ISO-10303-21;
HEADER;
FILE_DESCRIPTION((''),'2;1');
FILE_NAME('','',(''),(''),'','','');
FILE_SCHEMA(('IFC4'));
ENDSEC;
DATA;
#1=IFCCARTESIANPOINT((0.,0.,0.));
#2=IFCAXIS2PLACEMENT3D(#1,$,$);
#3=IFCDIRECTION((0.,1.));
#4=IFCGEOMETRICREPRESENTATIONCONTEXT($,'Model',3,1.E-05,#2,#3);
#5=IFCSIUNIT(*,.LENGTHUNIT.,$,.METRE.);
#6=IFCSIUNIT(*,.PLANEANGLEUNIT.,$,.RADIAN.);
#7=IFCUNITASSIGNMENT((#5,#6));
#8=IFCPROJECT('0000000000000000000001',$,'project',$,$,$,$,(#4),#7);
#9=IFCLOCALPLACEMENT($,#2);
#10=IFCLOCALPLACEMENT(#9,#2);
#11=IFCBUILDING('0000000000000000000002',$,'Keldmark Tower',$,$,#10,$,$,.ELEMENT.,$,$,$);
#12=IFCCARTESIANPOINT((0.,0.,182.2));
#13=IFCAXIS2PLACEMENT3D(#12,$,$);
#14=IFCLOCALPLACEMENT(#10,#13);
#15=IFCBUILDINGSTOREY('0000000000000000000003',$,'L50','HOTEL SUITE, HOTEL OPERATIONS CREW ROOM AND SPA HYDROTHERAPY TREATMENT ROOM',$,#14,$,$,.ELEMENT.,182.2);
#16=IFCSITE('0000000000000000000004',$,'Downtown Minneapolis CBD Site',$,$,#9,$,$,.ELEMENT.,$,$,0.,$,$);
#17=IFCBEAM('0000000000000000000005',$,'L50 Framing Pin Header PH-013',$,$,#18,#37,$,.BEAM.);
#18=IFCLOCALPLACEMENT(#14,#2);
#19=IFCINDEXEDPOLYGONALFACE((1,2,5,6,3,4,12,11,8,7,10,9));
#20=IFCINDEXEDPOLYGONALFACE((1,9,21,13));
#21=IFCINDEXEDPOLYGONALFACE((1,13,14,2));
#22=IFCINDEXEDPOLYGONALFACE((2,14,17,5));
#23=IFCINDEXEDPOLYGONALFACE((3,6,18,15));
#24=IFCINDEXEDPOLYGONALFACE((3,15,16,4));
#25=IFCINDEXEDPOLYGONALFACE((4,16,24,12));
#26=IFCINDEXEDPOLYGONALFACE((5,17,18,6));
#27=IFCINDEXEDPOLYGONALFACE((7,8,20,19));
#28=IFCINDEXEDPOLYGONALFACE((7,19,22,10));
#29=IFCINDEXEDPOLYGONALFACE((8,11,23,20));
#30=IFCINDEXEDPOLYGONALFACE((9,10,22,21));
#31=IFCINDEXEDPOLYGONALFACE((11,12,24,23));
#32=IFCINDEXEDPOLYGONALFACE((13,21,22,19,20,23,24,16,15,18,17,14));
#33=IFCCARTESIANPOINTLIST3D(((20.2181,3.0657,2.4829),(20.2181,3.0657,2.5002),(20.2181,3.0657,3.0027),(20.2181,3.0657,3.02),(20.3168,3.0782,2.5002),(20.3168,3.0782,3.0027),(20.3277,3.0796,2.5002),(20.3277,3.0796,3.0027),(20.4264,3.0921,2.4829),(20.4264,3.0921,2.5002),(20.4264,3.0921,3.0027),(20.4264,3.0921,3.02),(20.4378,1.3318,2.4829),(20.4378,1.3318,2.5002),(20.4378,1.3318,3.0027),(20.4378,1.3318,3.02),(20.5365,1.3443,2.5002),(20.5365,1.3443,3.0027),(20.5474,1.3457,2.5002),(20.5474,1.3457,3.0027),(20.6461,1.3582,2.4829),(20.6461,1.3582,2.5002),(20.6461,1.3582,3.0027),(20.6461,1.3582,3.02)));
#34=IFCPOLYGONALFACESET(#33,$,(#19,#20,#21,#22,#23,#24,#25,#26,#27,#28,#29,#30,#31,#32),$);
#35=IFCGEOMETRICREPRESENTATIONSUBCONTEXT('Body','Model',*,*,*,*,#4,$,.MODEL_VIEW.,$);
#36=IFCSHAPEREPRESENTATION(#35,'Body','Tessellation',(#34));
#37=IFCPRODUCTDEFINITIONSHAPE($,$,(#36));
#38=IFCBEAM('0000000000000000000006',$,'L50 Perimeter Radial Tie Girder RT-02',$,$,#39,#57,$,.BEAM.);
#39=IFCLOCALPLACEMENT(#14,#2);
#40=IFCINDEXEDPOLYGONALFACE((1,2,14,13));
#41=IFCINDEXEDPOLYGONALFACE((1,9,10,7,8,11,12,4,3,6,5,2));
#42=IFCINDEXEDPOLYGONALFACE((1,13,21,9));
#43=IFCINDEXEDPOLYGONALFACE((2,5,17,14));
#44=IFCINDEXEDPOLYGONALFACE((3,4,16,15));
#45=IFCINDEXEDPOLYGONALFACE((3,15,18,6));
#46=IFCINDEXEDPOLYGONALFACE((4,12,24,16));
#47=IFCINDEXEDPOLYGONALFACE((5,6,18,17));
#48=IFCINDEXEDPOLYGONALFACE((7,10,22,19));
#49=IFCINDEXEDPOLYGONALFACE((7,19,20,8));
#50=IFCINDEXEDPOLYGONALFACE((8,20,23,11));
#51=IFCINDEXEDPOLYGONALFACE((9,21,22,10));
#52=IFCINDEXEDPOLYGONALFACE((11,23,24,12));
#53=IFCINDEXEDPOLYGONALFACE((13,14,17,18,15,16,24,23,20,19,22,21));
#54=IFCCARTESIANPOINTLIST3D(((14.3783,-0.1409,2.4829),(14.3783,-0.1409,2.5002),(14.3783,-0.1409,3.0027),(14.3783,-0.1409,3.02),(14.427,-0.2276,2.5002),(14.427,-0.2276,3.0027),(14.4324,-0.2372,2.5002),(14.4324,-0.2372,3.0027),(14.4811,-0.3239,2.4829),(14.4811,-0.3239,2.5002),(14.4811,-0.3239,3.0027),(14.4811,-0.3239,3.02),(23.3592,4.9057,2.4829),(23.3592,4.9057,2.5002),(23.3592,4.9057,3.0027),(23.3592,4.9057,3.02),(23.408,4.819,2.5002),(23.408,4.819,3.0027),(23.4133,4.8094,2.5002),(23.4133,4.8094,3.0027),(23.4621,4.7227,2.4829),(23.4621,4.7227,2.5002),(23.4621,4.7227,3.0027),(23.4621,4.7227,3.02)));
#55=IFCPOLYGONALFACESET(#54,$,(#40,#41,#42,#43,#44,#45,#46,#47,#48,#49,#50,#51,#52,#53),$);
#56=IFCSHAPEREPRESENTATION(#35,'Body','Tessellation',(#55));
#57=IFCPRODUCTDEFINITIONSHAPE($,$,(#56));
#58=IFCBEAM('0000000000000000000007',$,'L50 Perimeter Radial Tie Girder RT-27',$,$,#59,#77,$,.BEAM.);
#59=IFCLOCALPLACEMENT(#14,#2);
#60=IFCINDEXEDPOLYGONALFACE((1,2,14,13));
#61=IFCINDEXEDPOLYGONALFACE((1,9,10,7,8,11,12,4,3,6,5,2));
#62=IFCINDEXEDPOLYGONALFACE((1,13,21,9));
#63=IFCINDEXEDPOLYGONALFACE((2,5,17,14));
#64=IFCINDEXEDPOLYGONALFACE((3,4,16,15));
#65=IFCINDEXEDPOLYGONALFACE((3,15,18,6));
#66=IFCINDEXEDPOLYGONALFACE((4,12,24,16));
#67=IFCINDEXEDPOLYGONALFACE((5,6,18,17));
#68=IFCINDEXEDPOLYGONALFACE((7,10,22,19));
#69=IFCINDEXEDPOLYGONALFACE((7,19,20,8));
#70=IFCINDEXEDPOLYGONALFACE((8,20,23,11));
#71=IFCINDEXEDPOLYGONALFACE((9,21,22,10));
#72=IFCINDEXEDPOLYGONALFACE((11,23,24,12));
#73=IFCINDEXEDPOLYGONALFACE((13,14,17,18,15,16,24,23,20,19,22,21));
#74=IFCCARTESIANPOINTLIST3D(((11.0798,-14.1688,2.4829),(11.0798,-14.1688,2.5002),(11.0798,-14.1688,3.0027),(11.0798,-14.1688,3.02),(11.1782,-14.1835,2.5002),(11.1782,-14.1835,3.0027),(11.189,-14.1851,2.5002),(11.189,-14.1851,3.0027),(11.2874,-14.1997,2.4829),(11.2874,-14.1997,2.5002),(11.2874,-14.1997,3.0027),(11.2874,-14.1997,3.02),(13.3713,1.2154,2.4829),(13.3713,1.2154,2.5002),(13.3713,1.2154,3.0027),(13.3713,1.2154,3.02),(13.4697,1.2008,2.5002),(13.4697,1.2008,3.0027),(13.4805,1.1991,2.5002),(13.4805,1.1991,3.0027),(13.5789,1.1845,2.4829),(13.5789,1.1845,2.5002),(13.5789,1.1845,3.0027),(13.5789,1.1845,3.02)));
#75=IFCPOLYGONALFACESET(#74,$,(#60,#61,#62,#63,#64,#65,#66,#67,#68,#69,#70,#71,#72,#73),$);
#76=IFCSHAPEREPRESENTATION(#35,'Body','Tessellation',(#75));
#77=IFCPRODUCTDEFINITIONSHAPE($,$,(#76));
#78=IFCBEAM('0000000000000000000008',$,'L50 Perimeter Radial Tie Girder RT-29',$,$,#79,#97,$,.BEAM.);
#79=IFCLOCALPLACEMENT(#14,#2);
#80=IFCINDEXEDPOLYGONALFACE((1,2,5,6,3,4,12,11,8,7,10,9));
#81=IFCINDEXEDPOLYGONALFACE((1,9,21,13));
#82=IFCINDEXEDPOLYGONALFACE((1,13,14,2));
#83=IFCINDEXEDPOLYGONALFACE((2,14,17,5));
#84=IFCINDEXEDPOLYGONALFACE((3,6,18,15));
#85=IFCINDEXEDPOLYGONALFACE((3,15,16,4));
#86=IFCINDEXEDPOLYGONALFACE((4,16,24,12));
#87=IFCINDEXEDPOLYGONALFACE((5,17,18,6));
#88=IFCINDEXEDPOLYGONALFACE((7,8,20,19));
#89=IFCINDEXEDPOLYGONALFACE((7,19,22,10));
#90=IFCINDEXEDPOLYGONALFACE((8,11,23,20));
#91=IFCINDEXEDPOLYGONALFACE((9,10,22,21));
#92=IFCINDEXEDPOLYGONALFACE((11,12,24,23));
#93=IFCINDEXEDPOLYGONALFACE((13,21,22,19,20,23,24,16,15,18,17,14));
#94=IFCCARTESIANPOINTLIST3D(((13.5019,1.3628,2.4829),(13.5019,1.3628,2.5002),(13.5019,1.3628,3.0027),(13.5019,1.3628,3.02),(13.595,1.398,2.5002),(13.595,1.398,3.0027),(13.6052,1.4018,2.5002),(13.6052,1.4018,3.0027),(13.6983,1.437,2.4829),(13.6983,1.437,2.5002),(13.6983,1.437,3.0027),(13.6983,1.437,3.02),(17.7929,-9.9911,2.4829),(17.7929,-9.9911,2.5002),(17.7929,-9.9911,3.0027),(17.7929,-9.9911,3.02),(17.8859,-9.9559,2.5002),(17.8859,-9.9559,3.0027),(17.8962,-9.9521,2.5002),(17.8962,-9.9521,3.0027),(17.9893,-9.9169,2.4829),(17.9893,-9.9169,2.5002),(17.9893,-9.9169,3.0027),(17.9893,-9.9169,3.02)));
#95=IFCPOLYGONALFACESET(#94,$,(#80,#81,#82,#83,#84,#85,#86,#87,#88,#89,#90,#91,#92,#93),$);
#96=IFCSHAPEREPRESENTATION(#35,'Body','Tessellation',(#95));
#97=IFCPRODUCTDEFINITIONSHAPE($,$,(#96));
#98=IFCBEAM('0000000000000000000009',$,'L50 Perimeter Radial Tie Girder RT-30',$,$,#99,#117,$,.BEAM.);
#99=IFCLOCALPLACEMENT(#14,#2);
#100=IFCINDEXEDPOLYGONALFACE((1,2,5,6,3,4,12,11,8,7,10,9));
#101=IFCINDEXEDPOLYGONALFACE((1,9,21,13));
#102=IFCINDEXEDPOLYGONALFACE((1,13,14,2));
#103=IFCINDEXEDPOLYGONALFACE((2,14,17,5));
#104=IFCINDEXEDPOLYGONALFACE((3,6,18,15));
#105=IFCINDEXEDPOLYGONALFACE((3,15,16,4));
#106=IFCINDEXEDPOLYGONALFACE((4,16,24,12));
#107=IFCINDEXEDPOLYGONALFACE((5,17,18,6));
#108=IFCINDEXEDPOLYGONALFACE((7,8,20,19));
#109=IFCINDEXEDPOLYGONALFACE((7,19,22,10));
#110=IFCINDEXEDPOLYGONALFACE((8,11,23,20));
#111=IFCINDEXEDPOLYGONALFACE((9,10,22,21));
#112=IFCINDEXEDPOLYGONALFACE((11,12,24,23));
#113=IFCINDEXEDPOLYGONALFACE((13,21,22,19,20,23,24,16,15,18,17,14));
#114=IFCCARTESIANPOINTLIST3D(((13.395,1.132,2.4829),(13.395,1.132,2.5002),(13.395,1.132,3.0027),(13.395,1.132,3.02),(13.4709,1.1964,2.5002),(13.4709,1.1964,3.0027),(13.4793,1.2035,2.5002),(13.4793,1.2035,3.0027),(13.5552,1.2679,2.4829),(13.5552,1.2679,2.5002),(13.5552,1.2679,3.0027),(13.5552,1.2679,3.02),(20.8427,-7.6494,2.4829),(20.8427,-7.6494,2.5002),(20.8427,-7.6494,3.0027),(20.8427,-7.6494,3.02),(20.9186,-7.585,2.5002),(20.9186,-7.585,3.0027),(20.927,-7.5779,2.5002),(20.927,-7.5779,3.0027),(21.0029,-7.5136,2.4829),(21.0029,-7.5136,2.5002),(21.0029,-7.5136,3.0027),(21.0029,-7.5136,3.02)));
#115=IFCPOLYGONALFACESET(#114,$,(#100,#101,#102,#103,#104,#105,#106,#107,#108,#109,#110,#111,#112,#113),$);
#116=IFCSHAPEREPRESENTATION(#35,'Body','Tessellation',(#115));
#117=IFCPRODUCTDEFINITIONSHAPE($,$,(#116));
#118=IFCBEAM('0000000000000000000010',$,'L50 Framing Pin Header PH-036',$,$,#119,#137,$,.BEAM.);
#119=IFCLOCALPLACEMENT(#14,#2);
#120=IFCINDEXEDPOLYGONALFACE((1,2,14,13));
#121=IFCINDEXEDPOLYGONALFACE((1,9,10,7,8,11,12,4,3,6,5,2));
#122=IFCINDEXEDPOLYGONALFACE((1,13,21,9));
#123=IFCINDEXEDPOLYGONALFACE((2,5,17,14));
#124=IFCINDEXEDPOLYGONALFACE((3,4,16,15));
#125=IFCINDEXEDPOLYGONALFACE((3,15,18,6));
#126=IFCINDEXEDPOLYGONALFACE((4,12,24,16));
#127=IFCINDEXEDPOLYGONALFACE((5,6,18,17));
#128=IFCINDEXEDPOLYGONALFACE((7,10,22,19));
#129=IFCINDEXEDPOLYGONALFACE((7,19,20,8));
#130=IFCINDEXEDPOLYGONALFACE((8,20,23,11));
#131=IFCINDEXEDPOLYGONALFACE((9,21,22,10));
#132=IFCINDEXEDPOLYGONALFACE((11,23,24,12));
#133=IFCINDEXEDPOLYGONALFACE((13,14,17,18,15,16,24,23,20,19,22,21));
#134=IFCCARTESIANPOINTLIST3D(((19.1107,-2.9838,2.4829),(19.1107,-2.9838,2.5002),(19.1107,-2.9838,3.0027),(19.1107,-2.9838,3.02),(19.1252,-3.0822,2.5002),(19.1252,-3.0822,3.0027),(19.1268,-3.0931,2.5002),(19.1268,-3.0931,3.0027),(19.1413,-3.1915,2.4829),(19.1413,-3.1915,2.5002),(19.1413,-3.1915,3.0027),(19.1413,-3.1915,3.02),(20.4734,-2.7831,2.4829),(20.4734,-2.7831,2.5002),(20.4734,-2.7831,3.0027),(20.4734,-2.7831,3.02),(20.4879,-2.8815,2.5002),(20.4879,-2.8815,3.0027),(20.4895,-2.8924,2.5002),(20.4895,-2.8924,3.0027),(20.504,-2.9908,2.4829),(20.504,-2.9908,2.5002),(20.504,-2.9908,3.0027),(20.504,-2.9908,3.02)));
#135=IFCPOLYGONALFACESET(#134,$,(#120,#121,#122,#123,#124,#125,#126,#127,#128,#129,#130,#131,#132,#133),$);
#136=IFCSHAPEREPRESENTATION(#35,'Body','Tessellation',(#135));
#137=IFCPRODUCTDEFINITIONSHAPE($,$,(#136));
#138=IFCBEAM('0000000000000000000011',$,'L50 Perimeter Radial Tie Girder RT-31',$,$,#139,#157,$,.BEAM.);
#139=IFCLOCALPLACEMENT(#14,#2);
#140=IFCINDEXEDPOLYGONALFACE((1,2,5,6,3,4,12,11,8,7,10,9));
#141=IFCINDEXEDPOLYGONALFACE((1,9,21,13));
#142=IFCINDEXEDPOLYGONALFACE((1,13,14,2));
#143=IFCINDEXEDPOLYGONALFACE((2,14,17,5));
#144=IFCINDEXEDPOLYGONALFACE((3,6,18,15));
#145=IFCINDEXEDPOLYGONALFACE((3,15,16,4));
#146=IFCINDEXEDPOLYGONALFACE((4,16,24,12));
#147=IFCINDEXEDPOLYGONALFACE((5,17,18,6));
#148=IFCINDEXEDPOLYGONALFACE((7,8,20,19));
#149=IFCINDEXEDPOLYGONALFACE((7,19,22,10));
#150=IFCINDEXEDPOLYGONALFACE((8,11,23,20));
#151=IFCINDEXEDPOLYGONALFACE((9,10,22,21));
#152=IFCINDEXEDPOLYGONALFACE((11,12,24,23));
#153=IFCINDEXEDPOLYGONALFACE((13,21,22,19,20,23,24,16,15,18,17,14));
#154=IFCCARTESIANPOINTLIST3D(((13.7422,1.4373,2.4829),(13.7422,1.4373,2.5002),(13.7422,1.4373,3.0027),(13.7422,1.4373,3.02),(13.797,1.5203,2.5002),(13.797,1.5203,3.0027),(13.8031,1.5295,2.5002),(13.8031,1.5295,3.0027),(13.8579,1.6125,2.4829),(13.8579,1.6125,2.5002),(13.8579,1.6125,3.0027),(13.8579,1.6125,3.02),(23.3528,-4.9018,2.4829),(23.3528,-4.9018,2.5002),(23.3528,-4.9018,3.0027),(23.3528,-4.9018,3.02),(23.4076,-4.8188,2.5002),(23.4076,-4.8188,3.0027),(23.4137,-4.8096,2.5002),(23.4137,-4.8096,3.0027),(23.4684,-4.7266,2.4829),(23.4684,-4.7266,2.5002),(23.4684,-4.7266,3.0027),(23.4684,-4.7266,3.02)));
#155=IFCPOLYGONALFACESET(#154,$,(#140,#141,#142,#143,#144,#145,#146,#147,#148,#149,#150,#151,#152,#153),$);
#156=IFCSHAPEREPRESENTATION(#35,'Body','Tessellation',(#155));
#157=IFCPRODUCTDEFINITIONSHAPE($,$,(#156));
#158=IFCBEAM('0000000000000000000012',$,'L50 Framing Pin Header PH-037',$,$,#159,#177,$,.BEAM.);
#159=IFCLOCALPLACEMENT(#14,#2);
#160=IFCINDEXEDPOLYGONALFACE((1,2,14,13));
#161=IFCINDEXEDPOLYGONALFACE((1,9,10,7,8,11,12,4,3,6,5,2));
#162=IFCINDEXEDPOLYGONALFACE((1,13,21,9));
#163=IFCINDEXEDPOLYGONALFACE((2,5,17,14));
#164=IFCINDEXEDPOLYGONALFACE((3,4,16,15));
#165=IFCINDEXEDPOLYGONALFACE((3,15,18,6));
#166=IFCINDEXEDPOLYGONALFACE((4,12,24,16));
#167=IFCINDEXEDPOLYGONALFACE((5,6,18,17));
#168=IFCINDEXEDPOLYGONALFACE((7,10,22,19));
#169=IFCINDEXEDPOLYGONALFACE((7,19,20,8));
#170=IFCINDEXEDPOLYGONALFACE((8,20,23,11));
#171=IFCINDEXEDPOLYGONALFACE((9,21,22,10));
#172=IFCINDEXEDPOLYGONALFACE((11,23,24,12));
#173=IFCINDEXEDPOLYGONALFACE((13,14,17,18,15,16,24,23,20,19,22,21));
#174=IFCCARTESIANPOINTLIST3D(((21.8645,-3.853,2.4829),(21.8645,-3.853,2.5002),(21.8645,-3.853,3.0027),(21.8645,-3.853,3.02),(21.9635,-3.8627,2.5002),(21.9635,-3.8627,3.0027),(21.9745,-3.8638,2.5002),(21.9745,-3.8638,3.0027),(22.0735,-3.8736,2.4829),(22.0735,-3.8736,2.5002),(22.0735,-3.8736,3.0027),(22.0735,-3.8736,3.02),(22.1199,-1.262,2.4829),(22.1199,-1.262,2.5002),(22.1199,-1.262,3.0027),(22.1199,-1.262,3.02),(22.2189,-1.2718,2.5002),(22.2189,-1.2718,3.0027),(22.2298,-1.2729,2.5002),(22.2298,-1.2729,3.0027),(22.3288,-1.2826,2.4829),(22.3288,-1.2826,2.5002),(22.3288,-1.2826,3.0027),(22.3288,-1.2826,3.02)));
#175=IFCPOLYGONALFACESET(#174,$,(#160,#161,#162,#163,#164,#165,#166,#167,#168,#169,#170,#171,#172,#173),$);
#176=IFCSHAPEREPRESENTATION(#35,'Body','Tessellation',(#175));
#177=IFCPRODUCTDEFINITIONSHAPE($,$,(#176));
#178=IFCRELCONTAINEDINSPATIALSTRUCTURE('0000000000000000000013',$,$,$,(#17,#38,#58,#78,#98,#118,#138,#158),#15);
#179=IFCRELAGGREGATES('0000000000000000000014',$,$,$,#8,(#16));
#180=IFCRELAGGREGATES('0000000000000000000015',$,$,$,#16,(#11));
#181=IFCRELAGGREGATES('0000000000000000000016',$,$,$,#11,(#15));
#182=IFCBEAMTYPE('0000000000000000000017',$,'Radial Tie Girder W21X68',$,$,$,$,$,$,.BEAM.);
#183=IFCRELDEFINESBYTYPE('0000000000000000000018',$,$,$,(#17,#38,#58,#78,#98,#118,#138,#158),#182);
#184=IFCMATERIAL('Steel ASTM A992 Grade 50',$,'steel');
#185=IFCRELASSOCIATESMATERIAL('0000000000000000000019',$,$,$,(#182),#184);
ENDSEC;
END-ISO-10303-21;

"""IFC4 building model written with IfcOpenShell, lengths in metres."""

from ifc_helpers import new_model, si_unit, direction, frame, origin, origin_2d, place, context, subcontext, project, spatial, i_section, extrude, material, material_profile, profile_set, type_object, element, save


model = new_model("IFC4")

# Units and contexts
model_context = context("Model", 3, precision=1e-05, world=origin(), true_north=direction((0.0, 1.0)))
body_context = subcontext(model_context, "Body", "Model", "MODEL_VIEW")
ifc_project = project(units=[si_unit("LENGTHUNIT", "METRE"), si_unit("PLANEANGLEUNIT", "RADIAN")], contexts=[model_context])

# Site, building, storey
site_placement = place(None, origin())
site = spatial("IfcSite", under=ifc_project, at=site_placement, Name="Downtown Minneapolis CBD Site", CompositionType="ELEMENT", RefElevation=0.0)
building_placement = place(site_placement, origin())
building = spatial("IfcBuilding", under=site, at=building_placement, Name="Keldmark Tower", CompositionType="ELEMENT")
storey_placement = place(building_placement, frame((0.0, 0.0, 182.2)))
storey = spatial("IfcBuildingStorey", under=building, at=storey_placement, Name="L50", Description="HOTEL SUITE, HOTEL OPERATIONS CREW ROOM AND SPA HYDROTHERAPY TREATMENT ROOM", CompositionType="ELEMENT", Elevation=182.2)

# Beams
ifc_material_1 = material(Name="Steel ASTM A992 Grade 50", Category="steel")
ifc_material_profile_1 = material_profile(ifc_material_1, i_section(OverallWidth=0.21, OverallDepth=0.5371, WebThickness=0.011, FlangeThickness=0.0173, at=origin_2d()), Name="W21X68")
ifc_profile_set_1 = profile_set([ifc_material_profile_1], Name="Steel ASTM A992 Grade 50")
beam_type_1 = type_object("IfcBeamType", Name="Radial Tie Girder W21X68", PredefinedType="BEAM", material=ifc_profile_set_1)
beam_1_placement = place(storey_placement, frame((20.542, 1.345, 2.7515), z_axis=(-0.125719, 0.992066, 0.0), x_axis=(-0.992066, -0.125719, 0.0)))
element("IfcBeam", 1, at=beam_1_placement, inside=storey, type_object=beam_type_1, Name="L50 Framing Pin Header PH-013", PredefinedType="BEAM", context=body_context, shape_type="SweptSolid", body=[
    extrude(i_section(OverallWidth=0.21, OverallDepth=0.5371, WebThickness=0.011, FlangeThickness=0.0173, at=origin_2d()), origin(), (0.0, 0.0, 1.0), 1.7478),
])
beam_2_placement = place(storey_placement, frame((14.4297, -0.2324, 2.7515), z_axis=(0.871789, 0.489881, 0.0), x_axis=(-0.489881, 0.871789, 0.0)))
element("IfcBeam", 2, at=beam_2_placement, inside=storey, type_object=beam_type_1, Name="L50 Perimeter Radial Tie Girder RT-02", PredefinedType="BEAM", context=body_context, shape_type="SweptSolid", body=[
    extrude(i_section(OverallWidth=0.21, OverallDepth=0.5371, WebThickness=0.011, FlangeThickness=0.0173, at=origin_2d()), origin(), (0.0, 0.0, 1.0), 10.3018),
])
beam_3_placement = place(storey_placement, frame((13.4751, 1.2, 2.7515), z_axis=(-0.147326, -0.989088, 0.0), x_axis=(0.989088, -0.147326, 0.0)))
element("IfcBeam", 3, at=beam_3_placement, inside=storey, type_object=beam_type_1, Name="L50 Perimeter Radial Tie Girder RT-27", PredefinedType="BEAM", context=body_context, shape_type="SweptSolid", body=[
    extrude(i_section(OverallWidth=0.21, OverallDepth=0.5371, WebThickness=0.011, FlangeThickness=0.0173, at=origin_2d()), origin(), (0.0, 0.0, 1.0), 15.554),
])
beam_4_placement = place(storey_placement, frame((13.6001, 1.3999, 2.7515), z_axis=(0.353525, -0.935425, 0.0), x_axis=(0.935425, 0.353525, 0.0)))
element("IfcBeam", 4, at=beam_4_placement, inside=storey, type_object=beam_type_1, Name="L50 Perimeter Radial Tie Girder RT-29", PredefinedType="BEAM", context=body_context, shape_type="SweptSolid", body=[
    extrude(i_section(OverallWidth=0.21, OverallDepth=0.5371, WebThickness=0.011, FlangeThickness=0.0173, at=origin_2d()), origin(), (0.0, 0.0, 1.0), 12.1377),
])
beam_5_placement = place(storey_placement, frame((13.4751, 1.2, 2.7515), z_axis=(0.646815, -0.762647, 0.0), x_axis=(0.762647, 0.646815, 0.0)))
element("IfcBeam", 5, at=beam_5_placement, inside=storey, type_object=beam_type_1, Name="L50 Perimeter Radial Tie Girder RT-30", PredefinedType="BEAM", context=body_context, shape_type="SweptSolid", body=[
    extrude(i_section(OverallWidth=0.21, OverallDepth=0.5371, WebThickness=0.011, FlangeThickness=0.0173, at=origin_2d()), origin(), (0.0, 0.0, 1.0), 11.5144),
])
beam_6_placement = place(storey_placement, frame((19.126, -3.0876, 2.7515), z_axis=(0.989331, 0.145688, 0.0), x_axis=(-0.145688, 0.989331, 0.0)))
element("IfcBeam", 6, at=beam_6_placement, inside=storey, type_object=beam_type_1, Name="L50 Framing Pin Header PH-036", PredefinedType="BEAM", context=body_context, shape_type="SweptSolid", body=[
    extrude(i_section(OverallWidth=0.21, OverallDepth=0.5371, WebThickness=0.011, FlangeThickness=0.0173, at=origin_2d()), origin(), (0.0, 0.0, 1.0), 1.3774),
])
beam_7_placement = place(storey_placement, frame((13.8, 1.5249, 2.7515), z_axis=(0.834764, -0.550607, 0.0), x_axis=(0.550607, 0.834764, 0.0)))
element("IfcBeam", 7, at=beam_7_placement, inside=storey, type_object=beam_type_1, Name="L50 Perimeter Radial Tie Girder RT-31", PredefinedType="BEAM", context=body_context, shape_type="SweptSolid", body=[
    extrude(i_section(OverallWidth=0.21, OverallDepth=0.5371, WebThickness=0.011, FlangeThickness=0.0173, at=origin_2d()), origin(), (0.0, 0.0, 1.0), 11.5129),
])
beam_8_placement = place(storey_placement, frame((21.969, -3.8633, 2.7515), z_axis=(0.098083, 0.995178, 0.0), x_axis=(-0.995178, 0.098083, 0.0)))
element("IfcBeam", 8, at=beam_8_placement, inside=storey, type_object=beam_type_1, Name="L50 Framing Pin Header PH-037", PredefinedType="BEAM", context=body_context, shape_type="SweptSolid", body=[
    extrude(i_section(OverallWidth=0.21, OverallDepth=0.5371, WebThickness=0.011, FlangeThickness=0.0173, at=origin_2d()), origin(), (0.0, 0.0, 1.0), 2.6035),
])

save(model, "model.ifc")
